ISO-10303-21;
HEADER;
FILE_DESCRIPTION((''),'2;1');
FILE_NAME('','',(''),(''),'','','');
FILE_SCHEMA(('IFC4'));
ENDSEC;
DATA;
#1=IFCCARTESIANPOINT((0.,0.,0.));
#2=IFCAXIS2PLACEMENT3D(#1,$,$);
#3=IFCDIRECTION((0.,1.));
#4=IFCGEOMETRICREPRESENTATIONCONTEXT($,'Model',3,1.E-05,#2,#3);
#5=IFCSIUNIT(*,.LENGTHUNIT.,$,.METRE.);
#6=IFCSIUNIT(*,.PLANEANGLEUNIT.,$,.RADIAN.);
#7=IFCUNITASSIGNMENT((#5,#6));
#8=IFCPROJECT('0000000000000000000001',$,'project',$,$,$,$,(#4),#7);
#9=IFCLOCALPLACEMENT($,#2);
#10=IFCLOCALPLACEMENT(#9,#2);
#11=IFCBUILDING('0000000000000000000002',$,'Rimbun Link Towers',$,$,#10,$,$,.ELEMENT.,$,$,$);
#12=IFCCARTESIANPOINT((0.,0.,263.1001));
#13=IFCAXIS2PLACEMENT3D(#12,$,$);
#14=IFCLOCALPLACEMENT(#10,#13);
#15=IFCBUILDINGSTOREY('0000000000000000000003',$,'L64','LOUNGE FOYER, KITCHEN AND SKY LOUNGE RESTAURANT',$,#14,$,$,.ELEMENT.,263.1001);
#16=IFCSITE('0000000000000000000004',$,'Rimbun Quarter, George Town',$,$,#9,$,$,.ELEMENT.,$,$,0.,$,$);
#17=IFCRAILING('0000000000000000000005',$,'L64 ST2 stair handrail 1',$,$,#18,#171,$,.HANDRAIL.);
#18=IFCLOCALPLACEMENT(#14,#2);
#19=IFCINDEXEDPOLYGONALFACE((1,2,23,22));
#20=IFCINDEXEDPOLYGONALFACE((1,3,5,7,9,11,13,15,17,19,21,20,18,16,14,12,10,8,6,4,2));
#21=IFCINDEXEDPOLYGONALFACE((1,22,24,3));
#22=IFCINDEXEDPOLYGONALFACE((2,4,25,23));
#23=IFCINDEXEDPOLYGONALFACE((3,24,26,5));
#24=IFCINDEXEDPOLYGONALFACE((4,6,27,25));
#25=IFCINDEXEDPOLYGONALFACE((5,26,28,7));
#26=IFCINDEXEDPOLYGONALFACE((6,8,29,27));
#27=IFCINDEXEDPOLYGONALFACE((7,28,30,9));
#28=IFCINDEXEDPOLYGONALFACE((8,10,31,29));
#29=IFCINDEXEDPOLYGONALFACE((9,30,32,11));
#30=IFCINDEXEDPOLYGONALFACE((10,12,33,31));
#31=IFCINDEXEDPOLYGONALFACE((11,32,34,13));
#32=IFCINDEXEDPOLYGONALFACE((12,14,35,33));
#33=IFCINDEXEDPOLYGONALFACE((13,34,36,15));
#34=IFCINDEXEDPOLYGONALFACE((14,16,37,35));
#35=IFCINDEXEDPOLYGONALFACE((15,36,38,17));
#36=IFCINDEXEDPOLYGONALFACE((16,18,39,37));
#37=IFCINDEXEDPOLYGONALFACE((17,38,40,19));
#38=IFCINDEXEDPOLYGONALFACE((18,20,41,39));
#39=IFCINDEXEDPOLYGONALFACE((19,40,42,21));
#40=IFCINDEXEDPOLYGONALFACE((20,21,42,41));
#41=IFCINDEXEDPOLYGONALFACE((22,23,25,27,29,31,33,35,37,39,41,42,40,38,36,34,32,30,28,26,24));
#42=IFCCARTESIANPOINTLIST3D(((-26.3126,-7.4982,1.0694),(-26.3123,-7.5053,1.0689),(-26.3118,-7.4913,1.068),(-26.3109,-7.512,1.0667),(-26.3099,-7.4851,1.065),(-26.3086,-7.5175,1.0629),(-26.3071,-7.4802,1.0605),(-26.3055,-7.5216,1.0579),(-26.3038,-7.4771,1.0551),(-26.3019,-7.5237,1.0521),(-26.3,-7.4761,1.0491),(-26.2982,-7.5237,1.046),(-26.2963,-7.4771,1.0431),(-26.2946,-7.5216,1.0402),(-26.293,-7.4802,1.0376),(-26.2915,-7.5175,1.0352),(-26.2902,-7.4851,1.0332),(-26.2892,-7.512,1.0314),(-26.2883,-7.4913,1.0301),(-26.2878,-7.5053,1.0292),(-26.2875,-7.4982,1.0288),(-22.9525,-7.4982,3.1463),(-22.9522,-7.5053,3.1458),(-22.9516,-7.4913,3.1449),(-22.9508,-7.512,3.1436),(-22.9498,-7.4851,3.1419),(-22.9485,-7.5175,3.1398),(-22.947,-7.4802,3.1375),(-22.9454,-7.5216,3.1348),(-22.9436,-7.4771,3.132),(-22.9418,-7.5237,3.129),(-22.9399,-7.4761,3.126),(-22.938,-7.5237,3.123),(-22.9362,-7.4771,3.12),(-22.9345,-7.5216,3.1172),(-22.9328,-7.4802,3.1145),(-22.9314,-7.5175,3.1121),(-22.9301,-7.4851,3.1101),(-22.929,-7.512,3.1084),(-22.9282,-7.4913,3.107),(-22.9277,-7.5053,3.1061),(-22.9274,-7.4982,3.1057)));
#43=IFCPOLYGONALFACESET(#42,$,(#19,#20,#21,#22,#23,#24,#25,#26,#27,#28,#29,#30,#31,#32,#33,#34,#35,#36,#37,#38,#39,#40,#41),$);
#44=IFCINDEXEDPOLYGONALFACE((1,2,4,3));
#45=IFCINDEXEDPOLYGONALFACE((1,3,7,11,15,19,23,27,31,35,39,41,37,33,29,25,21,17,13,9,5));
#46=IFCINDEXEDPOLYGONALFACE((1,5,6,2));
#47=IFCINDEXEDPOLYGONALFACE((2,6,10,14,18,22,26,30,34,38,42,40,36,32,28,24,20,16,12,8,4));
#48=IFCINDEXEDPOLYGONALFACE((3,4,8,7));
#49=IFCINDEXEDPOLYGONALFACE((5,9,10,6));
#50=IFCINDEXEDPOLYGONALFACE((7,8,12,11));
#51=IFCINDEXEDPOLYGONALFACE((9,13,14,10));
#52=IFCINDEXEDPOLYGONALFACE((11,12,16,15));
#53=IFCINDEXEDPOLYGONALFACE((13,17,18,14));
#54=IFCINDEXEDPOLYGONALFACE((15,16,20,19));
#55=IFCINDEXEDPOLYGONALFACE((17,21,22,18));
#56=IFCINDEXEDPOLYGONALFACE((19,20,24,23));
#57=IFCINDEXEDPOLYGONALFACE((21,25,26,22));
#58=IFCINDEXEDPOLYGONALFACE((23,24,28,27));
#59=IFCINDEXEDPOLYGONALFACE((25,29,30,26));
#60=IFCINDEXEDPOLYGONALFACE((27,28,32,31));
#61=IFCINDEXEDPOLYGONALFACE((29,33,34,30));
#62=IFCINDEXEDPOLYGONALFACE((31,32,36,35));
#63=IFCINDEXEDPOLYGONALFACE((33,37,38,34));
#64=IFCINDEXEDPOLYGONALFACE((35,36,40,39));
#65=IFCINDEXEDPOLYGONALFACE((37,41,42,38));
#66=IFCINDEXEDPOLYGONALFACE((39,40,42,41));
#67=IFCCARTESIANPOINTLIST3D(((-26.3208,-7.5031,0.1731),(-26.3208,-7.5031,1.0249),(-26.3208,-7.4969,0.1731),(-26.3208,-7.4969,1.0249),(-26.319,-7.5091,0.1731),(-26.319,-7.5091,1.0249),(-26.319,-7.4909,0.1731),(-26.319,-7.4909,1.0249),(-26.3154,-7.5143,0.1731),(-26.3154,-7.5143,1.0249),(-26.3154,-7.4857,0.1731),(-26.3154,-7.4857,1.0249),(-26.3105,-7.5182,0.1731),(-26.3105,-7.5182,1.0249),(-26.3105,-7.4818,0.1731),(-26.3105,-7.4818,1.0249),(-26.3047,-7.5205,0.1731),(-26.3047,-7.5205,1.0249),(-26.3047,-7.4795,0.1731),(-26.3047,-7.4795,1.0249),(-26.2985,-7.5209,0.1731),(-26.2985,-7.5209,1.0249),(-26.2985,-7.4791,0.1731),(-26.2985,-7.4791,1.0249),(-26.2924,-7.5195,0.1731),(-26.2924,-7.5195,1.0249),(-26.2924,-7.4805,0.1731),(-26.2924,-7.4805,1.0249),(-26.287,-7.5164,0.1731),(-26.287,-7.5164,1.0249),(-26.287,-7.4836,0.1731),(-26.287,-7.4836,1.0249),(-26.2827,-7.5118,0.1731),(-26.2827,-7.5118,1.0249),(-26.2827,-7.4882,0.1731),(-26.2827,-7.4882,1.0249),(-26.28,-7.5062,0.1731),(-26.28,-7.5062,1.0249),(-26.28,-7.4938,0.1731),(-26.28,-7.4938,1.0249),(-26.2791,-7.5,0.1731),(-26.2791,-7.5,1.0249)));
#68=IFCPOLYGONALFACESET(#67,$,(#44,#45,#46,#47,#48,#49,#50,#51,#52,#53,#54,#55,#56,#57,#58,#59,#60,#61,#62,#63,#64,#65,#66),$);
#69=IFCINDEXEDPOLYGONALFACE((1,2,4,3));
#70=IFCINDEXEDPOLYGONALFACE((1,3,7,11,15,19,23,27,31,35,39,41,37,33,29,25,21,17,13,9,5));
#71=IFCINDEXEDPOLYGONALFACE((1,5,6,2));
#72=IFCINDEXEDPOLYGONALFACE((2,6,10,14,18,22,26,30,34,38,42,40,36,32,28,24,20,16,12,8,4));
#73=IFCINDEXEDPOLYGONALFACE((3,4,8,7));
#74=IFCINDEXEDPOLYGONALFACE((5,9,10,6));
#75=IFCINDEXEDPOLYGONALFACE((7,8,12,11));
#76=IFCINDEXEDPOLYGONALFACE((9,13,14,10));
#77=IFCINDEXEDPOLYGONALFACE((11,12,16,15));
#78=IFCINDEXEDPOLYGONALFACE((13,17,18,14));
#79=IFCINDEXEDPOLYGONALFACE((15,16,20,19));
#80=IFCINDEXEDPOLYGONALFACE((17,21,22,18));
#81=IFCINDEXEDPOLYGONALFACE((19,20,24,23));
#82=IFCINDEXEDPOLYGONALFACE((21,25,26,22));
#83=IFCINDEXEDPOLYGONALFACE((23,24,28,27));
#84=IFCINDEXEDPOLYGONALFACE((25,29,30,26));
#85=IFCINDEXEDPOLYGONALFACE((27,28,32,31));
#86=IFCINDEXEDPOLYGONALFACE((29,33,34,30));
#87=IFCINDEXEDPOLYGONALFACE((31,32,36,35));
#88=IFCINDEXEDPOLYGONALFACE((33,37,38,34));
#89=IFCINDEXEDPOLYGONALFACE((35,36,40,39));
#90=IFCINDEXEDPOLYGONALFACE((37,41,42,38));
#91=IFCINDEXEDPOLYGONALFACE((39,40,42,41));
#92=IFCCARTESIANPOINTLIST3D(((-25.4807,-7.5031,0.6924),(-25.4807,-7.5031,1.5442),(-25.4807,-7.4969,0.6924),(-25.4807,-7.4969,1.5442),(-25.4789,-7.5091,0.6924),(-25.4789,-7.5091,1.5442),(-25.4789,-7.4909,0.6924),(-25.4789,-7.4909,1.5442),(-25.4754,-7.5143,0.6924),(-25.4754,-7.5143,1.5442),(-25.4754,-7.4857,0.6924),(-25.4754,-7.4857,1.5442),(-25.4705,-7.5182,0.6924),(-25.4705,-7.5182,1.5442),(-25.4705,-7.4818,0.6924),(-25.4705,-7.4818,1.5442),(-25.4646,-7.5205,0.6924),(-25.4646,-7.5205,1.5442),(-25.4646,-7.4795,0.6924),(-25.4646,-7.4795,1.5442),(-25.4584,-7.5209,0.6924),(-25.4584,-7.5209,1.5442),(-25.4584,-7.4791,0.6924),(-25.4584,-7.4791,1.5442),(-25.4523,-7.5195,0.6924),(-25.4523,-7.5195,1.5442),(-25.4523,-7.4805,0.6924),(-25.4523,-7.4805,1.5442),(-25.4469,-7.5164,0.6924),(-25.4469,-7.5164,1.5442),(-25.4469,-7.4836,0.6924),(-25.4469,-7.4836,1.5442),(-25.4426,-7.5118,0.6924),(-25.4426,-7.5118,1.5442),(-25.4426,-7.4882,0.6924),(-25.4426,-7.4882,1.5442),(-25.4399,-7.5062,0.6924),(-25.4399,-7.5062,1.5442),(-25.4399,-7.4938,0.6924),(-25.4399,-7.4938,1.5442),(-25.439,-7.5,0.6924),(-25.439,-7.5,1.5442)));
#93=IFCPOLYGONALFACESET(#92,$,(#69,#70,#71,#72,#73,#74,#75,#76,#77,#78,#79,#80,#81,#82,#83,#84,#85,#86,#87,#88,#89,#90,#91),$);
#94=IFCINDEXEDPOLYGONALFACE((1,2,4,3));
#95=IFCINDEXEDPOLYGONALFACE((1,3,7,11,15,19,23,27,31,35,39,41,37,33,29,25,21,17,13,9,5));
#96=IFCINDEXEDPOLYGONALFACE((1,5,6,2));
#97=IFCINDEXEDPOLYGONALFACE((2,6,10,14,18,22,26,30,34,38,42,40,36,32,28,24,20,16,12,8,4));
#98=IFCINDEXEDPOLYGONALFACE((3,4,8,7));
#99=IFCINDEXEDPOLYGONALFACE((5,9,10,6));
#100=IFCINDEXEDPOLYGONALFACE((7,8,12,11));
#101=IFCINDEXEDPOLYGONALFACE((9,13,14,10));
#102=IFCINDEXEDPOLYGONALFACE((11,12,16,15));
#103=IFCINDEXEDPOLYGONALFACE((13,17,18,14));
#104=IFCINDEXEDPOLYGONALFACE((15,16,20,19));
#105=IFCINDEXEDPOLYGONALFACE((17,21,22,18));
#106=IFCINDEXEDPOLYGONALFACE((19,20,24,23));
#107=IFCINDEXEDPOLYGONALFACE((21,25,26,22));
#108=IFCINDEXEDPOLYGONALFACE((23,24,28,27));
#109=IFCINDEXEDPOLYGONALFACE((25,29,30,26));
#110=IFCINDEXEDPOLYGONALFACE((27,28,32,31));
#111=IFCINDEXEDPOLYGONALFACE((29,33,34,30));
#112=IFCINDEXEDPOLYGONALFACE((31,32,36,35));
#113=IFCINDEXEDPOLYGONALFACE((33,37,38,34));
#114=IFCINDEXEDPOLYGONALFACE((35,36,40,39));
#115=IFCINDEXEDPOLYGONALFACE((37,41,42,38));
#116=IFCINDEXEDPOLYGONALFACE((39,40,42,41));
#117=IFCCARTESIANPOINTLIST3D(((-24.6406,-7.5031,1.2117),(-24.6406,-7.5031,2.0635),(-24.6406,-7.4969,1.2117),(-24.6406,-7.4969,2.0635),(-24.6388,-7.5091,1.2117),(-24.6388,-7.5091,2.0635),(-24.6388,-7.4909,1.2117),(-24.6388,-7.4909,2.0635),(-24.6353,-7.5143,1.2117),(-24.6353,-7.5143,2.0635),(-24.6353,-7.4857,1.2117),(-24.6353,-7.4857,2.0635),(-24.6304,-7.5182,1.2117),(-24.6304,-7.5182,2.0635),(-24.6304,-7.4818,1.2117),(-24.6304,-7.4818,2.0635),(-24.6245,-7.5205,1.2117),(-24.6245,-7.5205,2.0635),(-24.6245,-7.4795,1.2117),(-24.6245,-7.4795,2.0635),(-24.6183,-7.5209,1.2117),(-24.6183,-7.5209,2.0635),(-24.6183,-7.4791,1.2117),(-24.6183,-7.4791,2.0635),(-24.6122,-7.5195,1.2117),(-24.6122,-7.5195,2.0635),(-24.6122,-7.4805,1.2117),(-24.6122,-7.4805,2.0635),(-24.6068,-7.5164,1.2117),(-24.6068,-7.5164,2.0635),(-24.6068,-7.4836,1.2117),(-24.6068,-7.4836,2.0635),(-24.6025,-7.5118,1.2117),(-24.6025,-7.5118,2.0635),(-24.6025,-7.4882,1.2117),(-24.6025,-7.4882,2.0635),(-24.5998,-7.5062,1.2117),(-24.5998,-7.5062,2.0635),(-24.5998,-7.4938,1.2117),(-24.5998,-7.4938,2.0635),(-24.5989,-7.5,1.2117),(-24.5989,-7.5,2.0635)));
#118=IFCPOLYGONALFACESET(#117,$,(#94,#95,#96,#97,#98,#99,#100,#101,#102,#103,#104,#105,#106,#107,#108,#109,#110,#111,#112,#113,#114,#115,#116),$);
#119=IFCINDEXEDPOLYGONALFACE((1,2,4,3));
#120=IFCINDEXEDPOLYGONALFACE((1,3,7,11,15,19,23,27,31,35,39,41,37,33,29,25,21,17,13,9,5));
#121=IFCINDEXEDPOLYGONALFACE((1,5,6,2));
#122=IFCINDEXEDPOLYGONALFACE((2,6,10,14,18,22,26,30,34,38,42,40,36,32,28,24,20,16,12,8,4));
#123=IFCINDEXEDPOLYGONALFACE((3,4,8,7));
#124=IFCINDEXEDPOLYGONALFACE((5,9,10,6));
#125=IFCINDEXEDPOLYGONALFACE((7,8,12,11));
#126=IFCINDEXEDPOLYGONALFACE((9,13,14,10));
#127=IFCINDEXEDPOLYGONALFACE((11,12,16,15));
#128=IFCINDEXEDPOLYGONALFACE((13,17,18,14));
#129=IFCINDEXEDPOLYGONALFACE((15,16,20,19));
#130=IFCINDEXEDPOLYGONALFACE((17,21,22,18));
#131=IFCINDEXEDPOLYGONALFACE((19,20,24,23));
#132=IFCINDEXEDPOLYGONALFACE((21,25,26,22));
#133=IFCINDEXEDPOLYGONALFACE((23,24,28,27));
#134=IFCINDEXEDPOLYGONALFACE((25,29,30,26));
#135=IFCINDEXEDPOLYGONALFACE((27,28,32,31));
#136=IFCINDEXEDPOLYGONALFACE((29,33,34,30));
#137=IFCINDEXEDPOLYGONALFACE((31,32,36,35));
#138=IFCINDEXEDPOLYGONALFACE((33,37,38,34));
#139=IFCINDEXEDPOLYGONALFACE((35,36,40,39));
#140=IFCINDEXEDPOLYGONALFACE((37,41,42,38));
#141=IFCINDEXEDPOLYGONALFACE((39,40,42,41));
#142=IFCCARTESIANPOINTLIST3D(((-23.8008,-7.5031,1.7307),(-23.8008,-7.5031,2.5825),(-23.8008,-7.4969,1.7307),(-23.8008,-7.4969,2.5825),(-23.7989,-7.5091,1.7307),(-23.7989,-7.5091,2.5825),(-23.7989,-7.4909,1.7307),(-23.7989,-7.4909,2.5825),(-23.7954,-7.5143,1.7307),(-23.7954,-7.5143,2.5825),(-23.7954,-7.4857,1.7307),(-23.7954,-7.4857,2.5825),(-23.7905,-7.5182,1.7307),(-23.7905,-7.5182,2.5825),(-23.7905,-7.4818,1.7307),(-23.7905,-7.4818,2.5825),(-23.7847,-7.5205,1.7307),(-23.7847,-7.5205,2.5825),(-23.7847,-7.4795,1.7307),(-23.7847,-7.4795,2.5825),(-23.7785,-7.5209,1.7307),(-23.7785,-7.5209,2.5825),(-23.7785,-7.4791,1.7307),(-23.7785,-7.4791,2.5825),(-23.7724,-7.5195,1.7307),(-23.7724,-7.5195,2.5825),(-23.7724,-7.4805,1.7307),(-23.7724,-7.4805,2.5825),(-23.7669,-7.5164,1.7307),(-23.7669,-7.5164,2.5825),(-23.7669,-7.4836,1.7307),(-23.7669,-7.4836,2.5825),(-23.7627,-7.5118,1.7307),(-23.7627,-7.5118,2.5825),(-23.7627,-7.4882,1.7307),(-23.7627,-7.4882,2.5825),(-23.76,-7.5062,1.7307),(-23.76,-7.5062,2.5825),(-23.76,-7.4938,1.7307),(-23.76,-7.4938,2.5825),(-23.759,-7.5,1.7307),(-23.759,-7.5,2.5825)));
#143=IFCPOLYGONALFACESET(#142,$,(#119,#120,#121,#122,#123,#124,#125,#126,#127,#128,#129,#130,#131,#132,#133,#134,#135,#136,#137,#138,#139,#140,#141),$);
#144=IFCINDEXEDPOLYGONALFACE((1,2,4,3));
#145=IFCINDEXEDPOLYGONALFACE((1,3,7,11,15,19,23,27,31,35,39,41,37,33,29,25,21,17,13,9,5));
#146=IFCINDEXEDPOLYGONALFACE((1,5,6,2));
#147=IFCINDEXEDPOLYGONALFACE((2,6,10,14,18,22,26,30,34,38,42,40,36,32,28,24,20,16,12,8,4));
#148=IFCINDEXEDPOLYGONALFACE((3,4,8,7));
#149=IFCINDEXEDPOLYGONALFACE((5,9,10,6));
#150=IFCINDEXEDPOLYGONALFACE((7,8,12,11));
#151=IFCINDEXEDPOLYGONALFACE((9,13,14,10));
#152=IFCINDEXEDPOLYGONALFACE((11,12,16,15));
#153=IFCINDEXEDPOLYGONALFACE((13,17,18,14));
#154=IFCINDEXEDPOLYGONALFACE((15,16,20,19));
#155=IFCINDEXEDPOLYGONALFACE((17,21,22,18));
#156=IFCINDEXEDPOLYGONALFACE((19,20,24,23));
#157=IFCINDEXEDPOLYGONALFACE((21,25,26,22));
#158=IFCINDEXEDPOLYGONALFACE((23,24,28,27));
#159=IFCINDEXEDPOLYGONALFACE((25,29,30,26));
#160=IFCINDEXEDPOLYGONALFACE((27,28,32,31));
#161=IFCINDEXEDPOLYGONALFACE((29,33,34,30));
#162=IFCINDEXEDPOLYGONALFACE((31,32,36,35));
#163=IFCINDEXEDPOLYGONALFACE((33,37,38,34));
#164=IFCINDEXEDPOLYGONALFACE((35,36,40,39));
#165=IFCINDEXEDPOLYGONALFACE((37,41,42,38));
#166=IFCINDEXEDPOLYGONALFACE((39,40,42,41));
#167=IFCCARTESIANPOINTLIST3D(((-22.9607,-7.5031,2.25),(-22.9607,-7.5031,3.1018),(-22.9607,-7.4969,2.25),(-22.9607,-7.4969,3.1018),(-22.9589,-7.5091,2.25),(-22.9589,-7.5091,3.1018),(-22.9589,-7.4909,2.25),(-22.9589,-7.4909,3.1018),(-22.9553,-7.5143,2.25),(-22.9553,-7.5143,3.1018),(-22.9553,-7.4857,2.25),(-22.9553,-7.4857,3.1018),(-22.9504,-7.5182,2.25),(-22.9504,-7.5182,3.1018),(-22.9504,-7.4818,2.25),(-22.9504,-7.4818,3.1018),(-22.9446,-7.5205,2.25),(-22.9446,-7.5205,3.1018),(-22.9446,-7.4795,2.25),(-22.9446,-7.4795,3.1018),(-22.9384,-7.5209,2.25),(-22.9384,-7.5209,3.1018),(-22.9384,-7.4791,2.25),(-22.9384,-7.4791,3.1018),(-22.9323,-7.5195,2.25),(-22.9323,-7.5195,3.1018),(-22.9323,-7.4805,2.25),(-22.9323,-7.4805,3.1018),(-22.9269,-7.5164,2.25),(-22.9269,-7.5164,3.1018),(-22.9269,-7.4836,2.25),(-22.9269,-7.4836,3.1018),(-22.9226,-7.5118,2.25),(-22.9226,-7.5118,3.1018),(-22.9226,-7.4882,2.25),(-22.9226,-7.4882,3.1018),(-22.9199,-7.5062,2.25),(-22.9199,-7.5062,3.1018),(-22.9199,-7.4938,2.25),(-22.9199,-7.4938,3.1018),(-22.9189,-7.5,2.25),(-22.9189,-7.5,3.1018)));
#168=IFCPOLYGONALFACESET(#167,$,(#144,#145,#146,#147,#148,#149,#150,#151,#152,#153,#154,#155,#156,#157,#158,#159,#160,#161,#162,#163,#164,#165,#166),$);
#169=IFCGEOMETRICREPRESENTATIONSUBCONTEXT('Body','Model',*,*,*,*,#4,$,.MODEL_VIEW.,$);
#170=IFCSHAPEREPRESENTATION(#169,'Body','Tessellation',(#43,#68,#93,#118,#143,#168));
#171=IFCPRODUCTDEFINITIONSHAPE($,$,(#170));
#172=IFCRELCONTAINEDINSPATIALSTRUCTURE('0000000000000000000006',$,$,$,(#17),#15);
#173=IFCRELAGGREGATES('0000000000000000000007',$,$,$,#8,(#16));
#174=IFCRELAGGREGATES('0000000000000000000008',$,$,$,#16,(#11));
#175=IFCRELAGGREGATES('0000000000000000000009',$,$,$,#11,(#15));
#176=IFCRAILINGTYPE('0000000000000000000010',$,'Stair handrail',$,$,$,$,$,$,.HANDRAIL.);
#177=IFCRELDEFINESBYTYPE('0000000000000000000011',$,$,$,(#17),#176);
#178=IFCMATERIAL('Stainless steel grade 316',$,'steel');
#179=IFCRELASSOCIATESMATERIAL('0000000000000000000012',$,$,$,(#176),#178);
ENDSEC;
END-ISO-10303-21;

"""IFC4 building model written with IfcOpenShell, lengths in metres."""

from ifc_helpers import new_model, si_unit, direction, frame, origin, origin_2d, place, context, subcontext, project, spatial, circle, extrude, material, type_object, element, save


model = new_model("IFC4")

# Units and contexts
model_context = context("Model", 3, precision=1e-05, world=origin(), true_north=direction((0.0, 1.0)))
body_context = subcontext(model_context, "Body", "Model", "MODEL_VIEW")
ifc_project = project(units=[si_unit("LENGTHUNIT", "METRE"), si_unit("PLANEANGLEUNIT", "RADIAN")], contexts=[model_context])

# Site, building, storey
site_placement = place(None, origin())
site = spatial("IfcSite", under=ifc_project, at=site_placement, Name="Rimbun Quarter, George Town", CompositionType="ELEMENT", RefElevation=0.0)
building_placement = place(site_placement, origin())
building = spatial("IfcBuilding", under=site, at=building_placement, Name="Rimbun Link Towers", CompositionType="ELEMENT")
storey_placement = place(building_placement, frame((0.0, 0.0, 263.1001)))
storey = spatial("IfcBuildingStorey", under=building, at=storey_placement, Name="L64", Description="LOUNGE FOYER, KITCHEN AND SKY LOUNGE RESTAURANT", CompositionType="ELEMENT", Elevation=263.1001)

# Railing
ifc_material_1 = material(Name="Stainless steel grade 316", Category="steel")
railing_type_1 = type_object("IfcRailingType", Name="Stair handrail", PredefinedType="HANDRAIL", material=ifc_material_1)
railing_1_placement = place(storey_placement, frame((-26.3, -7.5, 0.1731)))
element("IfcRailing", 1, at=railing_1_placement, inside=storey, type_object=railing_type_1, Name="L64 ST2 stair handrail 1", PredefinedType="HANDRAIL", context=body_context, shape_type="SweptSolid", body=[
    extrude(circle(Radius=0.0239, at=origin_2d()), frame((0.0, 0.0, 0.876), z_axis=(0.850623, 0.0, 0.525776), x_axis=(0.0, 1.0, 0.0)), (0.0, 0.0, 1.0), 3.9502),
    extrude(circle(Radius=0.021, at=origin_2d()), origin(), (0.0, 0.0, 1.0), 0.8518),
    extrude(circle(Radius=0.021, at=origin_2d()), frame((0.8401, 0.0, 0.5193)), (0.0, 0.0, 1.0), 0.8518),
    extrude(circle(Radius=0.021, at=origin_2d()), frame((1.6802, 0.0, 1.0386)), (0.0, 0.0, 1.0), 0.8518),
    extrude(circle(Radius=0.021, at=origin_2d()), frame((2.52, 0.0, 1.5576)), (0.0, 0.0, 1.0), 0.8518),
    extrude(circle(Radius=0.021, at=origin_2d()), frame((3.3601, 0.0, 2.0769)), (0.0, 0.0, 1.0), 0.8518),
])

save(model, "model.ifc")
